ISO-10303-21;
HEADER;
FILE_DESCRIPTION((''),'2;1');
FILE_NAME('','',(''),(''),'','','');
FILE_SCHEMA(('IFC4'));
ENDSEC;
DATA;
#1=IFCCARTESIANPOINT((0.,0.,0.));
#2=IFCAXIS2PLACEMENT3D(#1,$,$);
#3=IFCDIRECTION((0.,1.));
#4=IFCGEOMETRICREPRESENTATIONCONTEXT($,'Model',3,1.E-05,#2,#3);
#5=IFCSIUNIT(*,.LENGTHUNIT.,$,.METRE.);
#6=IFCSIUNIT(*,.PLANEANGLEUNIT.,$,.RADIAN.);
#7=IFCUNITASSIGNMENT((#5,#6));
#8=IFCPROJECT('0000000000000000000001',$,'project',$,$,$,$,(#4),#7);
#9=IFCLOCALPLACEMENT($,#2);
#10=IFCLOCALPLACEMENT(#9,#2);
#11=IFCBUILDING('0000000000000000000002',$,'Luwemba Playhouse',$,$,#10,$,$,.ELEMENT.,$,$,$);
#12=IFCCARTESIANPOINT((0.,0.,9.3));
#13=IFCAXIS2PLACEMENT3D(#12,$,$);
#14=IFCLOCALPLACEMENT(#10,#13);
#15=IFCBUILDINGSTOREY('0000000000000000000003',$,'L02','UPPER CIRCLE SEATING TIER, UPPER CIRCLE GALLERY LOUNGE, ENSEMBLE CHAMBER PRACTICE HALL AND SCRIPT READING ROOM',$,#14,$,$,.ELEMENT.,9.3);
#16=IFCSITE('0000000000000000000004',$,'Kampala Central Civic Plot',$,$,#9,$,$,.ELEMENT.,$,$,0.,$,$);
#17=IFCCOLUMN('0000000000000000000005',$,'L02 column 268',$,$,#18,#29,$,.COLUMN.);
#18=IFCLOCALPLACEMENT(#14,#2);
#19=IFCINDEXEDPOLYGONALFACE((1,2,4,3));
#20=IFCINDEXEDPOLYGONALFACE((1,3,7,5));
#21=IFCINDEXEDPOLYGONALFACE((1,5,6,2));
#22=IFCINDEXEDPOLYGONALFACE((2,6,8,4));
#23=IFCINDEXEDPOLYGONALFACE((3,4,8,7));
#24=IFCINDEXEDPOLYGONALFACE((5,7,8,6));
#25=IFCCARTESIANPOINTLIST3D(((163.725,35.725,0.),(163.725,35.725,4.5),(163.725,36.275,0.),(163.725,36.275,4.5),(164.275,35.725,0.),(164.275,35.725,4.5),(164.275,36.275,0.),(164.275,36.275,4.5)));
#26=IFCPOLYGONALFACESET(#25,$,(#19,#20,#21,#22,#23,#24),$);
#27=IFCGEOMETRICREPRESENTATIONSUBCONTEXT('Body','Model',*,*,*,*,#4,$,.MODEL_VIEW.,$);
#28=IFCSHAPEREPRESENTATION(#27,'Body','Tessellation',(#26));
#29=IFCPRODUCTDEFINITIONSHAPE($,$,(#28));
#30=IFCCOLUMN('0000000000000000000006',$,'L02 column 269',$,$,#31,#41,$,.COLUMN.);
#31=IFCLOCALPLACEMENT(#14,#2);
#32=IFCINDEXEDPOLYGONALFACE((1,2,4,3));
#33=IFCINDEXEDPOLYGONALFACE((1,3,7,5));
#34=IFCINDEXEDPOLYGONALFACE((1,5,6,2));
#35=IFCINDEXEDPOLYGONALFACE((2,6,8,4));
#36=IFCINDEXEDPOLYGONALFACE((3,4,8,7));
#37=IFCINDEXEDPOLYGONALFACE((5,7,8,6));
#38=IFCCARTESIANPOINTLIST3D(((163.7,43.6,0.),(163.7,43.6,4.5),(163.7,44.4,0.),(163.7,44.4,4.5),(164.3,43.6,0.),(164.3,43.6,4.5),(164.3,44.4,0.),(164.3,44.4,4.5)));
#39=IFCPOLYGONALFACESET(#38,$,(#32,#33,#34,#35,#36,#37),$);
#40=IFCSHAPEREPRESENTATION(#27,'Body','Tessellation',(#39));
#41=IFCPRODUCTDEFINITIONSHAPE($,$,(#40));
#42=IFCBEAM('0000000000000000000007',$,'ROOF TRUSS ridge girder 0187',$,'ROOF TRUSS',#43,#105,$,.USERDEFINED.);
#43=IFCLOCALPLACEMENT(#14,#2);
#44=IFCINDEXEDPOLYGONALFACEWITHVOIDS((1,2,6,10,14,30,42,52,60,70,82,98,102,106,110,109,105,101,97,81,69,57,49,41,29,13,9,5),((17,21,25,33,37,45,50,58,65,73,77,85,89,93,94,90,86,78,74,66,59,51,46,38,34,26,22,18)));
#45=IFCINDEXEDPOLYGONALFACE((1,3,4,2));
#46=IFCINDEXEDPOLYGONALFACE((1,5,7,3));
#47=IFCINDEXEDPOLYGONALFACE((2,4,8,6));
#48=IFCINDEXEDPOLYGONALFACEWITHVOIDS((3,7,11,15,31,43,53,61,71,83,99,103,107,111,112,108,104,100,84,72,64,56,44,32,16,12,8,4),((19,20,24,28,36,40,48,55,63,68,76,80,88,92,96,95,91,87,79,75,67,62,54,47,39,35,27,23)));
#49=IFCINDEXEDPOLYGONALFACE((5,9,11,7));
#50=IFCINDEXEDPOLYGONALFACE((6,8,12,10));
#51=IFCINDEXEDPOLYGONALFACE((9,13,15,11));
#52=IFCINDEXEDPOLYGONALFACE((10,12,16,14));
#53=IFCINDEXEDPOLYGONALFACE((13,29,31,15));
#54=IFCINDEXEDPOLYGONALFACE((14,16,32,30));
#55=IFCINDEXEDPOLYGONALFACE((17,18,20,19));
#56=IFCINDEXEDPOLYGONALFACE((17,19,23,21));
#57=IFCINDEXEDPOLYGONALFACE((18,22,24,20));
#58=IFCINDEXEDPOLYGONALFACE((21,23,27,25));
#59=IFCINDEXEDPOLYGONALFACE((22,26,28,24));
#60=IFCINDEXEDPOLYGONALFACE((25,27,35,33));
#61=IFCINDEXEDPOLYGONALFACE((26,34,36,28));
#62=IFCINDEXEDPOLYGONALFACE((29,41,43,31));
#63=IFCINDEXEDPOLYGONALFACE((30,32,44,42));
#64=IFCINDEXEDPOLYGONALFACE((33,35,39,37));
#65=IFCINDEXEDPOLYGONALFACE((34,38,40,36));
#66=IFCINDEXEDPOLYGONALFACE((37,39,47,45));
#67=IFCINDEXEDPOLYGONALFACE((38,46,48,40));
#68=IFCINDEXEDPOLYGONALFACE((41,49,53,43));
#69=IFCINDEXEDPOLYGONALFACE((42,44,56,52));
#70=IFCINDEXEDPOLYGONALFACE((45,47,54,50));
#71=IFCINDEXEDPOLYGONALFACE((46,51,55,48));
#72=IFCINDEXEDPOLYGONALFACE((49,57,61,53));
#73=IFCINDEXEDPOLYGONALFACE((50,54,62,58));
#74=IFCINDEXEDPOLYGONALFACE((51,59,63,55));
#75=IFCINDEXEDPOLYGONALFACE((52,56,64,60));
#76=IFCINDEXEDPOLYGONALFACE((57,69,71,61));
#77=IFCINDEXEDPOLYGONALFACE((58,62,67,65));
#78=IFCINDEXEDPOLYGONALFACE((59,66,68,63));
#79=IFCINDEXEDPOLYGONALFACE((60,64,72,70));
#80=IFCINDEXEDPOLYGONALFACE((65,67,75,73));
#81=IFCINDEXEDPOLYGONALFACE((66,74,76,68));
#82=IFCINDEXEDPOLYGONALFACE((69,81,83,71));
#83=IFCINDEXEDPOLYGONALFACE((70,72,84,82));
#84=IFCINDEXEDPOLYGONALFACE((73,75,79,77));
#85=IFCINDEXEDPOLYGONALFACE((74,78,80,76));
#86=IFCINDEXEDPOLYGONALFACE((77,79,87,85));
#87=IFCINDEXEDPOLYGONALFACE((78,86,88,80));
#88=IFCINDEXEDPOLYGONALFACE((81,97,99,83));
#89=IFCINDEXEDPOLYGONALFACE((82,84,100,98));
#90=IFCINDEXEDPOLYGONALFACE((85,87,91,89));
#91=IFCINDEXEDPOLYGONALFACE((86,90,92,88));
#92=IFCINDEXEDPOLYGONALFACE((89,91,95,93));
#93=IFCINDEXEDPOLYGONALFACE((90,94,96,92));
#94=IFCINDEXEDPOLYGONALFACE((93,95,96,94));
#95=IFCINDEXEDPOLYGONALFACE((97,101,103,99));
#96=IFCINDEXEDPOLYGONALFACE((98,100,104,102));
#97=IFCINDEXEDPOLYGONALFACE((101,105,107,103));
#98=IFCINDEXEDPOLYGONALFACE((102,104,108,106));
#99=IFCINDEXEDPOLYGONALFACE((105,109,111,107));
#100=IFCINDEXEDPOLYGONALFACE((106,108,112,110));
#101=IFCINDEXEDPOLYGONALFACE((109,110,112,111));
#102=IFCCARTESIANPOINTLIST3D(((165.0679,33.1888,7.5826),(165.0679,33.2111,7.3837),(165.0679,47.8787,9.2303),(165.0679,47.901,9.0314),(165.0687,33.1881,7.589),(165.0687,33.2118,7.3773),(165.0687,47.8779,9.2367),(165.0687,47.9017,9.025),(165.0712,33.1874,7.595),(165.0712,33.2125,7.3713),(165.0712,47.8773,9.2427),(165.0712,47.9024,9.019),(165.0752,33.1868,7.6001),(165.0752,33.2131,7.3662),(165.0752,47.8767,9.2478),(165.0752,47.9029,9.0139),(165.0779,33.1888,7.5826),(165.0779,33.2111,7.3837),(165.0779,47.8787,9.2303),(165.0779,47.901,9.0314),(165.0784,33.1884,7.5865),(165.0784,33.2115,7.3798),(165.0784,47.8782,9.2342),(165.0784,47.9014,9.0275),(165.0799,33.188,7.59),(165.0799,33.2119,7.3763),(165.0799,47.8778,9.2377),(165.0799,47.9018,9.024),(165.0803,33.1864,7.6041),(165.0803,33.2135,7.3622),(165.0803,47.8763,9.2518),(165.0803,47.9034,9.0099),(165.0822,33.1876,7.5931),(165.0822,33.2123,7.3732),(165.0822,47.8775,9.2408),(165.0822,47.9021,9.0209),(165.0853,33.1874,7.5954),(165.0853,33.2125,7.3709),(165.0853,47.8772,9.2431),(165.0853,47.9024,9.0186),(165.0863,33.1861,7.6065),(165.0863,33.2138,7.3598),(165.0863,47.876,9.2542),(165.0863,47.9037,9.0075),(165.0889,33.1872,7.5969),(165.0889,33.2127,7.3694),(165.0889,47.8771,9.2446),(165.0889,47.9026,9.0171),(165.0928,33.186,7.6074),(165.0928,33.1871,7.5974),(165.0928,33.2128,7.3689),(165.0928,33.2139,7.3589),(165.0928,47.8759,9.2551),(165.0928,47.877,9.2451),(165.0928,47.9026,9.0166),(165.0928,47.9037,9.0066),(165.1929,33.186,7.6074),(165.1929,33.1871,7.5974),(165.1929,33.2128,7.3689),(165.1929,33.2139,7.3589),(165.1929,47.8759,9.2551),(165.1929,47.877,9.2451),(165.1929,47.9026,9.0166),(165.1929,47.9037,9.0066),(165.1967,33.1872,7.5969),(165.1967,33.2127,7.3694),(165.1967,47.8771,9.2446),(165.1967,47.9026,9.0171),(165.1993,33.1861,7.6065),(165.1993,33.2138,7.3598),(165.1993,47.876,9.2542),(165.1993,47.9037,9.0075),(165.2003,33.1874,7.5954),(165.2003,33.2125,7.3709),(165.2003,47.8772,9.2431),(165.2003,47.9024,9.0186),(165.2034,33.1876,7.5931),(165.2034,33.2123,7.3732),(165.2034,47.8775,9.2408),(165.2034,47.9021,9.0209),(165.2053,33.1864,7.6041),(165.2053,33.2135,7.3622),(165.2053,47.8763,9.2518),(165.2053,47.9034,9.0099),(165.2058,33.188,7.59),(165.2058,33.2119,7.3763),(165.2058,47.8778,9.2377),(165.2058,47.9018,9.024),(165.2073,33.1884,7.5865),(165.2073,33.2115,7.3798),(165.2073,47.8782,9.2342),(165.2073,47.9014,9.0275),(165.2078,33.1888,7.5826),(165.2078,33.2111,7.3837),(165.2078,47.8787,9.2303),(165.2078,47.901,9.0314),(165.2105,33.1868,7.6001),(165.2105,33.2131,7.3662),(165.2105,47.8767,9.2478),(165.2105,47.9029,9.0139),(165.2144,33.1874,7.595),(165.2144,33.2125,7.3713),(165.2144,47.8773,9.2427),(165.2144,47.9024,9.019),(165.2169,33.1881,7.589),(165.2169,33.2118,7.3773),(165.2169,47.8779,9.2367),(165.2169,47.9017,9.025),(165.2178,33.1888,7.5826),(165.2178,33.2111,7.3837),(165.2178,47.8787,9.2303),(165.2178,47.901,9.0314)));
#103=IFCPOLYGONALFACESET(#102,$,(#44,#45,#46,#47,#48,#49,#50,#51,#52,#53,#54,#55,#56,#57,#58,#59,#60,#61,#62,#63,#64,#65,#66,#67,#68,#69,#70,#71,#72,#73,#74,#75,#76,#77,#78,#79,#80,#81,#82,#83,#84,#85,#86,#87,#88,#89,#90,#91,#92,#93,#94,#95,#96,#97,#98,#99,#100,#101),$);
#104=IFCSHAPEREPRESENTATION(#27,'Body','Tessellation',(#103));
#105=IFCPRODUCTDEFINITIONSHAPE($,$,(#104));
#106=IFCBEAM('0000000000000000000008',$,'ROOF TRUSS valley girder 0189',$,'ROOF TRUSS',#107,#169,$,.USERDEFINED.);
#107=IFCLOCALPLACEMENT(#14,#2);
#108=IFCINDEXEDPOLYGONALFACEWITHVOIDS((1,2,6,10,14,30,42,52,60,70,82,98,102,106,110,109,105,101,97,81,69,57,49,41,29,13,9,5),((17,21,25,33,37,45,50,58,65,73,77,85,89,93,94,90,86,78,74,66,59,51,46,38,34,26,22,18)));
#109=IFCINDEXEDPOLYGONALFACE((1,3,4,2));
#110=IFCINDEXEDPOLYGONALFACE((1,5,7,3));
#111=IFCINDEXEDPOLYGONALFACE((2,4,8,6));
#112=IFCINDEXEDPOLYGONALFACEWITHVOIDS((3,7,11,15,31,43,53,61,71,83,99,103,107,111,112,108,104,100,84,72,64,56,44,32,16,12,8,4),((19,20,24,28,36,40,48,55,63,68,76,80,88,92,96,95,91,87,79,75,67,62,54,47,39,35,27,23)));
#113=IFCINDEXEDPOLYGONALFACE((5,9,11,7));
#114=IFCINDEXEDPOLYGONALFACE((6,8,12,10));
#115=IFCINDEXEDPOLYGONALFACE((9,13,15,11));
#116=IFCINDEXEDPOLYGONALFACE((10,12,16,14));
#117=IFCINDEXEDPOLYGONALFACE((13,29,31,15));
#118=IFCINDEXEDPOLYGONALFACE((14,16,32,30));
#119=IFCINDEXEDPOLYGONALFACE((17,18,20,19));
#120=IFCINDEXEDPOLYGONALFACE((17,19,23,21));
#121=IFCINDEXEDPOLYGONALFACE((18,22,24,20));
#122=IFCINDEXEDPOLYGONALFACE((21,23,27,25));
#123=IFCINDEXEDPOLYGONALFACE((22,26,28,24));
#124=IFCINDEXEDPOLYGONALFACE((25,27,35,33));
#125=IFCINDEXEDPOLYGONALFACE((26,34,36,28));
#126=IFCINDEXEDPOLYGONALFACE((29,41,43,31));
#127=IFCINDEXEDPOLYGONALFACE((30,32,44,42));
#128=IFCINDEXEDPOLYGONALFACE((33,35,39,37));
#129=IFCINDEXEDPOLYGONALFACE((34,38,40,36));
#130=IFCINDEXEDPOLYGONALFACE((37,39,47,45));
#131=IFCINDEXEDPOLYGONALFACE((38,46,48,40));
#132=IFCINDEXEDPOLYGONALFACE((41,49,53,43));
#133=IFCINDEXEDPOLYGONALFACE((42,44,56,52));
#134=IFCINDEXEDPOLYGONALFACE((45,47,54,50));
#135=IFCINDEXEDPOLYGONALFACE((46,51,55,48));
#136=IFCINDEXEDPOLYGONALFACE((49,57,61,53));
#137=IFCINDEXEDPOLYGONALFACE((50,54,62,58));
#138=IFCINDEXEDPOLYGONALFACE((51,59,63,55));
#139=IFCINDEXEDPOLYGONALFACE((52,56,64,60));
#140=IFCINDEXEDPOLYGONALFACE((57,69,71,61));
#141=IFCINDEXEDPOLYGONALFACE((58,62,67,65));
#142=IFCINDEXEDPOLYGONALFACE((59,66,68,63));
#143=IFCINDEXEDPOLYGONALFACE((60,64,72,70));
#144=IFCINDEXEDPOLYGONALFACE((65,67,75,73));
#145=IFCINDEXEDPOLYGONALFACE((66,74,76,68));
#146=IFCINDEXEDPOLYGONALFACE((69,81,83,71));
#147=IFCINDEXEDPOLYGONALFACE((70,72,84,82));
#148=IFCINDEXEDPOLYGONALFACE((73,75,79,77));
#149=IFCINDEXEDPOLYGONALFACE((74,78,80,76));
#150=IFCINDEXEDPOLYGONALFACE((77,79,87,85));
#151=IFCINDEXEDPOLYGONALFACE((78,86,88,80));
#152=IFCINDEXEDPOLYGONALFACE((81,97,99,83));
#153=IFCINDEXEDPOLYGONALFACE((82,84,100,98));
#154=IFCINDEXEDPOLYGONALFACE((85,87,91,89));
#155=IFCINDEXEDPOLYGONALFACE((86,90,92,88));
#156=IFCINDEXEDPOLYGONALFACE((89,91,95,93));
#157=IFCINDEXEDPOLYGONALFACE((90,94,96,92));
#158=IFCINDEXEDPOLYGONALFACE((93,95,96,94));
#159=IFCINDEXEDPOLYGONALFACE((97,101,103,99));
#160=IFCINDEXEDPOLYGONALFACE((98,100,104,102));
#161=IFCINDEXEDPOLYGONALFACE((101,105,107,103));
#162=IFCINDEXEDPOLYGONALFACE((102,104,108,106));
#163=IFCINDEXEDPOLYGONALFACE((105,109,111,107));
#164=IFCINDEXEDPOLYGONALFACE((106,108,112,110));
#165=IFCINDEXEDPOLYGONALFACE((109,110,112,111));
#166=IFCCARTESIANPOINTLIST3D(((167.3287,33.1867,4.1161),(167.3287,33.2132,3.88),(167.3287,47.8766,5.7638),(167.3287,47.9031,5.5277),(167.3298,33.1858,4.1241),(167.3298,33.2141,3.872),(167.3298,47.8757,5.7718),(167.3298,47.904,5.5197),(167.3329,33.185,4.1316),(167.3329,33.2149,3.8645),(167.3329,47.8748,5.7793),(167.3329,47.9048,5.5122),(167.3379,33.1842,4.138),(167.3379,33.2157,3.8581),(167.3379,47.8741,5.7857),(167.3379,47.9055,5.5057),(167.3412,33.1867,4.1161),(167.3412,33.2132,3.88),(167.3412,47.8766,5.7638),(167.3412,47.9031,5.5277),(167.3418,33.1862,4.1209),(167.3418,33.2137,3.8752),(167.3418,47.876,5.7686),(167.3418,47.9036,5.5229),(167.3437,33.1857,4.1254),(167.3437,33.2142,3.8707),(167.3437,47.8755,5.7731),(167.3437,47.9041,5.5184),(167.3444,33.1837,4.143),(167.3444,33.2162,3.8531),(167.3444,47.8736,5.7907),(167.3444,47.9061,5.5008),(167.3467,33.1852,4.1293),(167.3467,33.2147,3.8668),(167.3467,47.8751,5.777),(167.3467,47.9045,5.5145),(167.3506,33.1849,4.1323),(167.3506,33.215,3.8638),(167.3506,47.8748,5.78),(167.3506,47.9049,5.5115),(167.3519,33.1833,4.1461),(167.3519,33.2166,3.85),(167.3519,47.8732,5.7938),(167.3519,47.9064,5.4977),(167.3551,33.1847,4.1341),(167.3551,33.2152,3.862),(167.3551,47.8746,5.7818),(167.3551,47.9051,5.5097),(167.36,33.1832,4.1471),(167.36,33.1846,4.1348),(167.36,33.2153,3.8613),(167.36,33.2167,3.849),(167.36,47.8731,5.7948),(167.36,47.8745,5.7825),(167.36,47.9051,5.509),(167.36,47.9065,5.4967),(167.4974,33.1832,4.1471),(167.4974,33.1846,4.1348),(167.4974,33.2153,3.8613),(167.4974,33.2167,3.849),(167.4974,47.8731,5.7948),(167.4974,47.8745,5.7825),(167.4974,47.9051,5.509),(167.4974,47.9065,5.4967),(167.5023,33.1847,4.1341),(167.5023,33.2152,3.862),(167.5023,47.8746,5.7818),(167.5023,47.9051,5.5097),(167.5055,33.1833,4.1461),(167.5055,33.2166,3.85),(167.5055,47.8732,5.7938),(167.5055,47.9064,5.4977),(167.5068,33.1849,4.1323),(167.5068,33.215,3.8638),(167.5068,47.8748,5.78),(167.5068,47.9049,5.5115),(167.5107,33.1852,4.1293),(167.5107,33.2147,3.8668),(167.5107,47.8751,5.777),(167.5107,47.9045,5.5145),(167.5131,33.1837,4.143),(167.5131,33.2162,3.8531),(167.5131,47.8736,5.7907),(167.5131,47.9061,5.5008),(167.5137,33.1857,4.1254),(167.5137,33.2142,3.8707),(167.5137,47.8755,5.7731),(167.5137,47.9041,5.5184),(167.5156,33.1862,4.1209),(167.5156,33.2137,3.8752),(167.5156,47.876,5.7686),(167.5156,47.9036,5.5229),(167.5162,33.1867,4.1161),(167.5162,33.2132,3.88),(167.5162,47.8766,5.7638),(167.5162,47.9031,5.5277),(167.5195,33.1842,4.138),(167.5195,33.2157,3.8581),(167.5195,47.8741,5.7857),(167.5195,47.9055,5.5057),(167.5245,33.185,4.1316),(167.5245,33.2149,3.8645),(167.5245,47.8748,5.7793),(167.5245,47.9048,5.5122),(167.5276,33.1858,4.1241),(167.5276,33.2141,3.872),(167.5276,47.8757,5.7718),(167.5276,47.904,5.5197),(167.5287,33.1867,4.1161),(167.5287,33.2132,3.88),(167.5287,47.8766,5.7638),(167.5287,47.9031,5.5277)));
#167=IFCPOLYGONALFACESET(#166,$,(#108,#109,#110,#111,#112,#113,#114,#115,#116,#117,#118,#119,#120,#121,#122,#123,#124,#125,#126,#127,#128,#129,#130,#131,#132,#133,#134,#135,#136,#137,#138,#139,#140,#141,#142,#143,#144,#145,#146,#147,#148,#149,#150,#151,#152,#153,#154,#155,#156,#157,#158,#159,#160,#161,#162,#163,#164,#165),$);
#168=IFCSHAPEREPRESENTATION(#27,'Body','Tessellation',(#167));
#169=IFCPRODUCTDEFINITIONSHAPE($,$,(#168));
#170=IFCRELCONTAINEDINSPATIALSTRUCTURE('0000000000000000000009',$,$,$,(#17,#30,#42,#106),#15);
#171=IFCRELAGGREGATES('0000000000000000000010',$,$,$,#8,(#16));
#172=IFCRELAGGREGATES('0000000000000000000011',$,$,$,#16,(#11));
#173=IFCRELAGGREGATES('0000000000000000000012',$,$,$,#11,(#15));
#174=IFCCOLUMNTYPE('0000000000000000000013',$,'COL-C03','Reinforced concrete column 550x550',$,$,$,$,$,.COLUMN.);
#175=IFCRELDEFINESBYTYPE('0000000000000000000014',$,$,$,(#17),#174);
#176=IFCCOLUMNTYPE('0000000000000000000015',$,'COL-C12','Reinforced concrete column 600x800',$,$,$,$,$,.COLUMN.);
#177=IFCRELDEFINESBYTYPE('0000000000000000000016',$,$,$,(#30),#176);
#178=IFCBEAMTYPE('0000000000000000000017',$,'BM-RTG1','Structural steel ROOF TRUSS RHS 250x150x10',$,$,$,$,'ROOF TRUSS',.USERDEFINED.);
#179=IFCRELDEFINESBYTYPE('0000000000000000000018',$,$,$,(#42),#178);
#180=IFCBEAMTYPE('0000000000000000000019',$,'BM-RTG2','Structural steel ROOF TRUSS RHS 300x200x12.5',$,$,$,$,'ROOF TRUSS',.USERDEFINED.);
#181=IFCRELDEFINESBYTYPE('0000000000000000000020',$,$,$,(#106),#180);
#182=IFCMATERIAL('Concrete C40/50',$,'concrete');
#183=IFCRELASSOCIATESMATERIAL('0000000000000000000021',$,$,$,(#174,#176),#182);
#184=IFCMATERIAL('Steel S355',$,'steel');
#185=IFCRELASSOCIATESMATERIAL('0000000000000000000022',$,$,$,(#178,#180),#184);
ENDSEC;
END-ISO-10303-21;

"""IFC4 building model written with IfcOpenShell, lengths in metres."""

from ifc_helpers import new_model, si_unit, direction, frame, origin, origin_2d, place, context, subcontext, project, spatial, rectangle, hollow_rectangle, extrude, material, material_profile, profile_set, type_object, element, save


model = new_model("IFC4")

# Units and contexts
model_context = context("Model", 3, precision=1e-05, world=origin(), true_north=direction((0.0, 1.0)))
body_context = subcontext(model_context, "Body", "Model", "MODEL_VIEW")
ifc_project = project(units=[si_unit("LENGTHUNIT", "METRE"), si_unit("PLANEANGLEUNIT", "RADIAN")], contexts=[model_context])

# Site, building, storey
site_placement = place(None, origin())
site = spatial("IfcSite", under=ifc_project, at=site_placement, Name="Kampala Central Civic Plot", CompositionType="ELEMENT", RefElevation=0.0)
building_placement = place(site_placement, origin())
building = spatial("IfcBuilding", under=site, at=building_placement, Name="Luwemba Playhouse", CompositionType="ELEMENT")
storey_placement = place(building_placement, frame((0.0, 0.0, 9.3)))
storey = spatial("IfcBuildingStorey", under=building, at=storey_placement, Name="L02", Description="UPPER CIRCLE SEATING TIER, UPPER CIRCLE GALLERY LOUNGE, ENSEMBLE CHAMBER PRACTICE HALL AND SCRIPT READING ROOM", CompositionType="ELEMENT", Elevation=9.3)

# Columns
ifc_material_1 = material(Name="Concrete C40/50", Category="concrete")
ifc_material_profile_1 = material_profile(ifc_material_1, rectangle(XDim=0.55, YDim=0.55, at=origin_2d()))
ifc_profile_set_1 = profile_set([ifc_material_profile_1], Name="Concrete C40/50")
column_type_1 = type_object("IfcColumnType", Name="COL-C03", Description="Reinforced concrete column 550x550", PredefinedType="COLUMN", material=ifc_profile_set_1)
column_1_placement = place(storey_placement, frame((164.0, 36.0, 0.0), z_axis=(0.0, 0.0, 1.0), x_axis=(1.0, 0.0, 0.0)))
element("IfcColumn", 1, at=column_1_placement, inside=storey, type_object=column_type_1, Name="L02 column 268", PredefinedType="COLUMN", context=body_context, shape_type="SweptSolid", body=[
    extrude(rectangle(XDim=0.55, YDim=0.55, at=origin_2d()), origin(), (0.0, 0.0, 1.0), 4.5),
])
ifc_material_profile_2 = material_profile(ifc_material_1, rectangle(XDim=0.6001, YDim=0.8, at=origin_2d()))
ifc_profile_set_2 = profile_set([ifc_material_profile_2], Name="Concrete C40/50")
column_type_2 = type_object("IfcColumnType", Name="COL-C12", Description="Reinforced concrete column 600x800", PredefinedType="COLUMN", material=ifc_profile_set_2)
column_2_placement = place(storey_placement, frame((164.0, 44.0, 0.0), z_axis=(0.0, 0.0, 1.0), x_axis=(1.0, 0.0, 0.0)))
element("IfcColumn", 2, at=column_2_placement, inside=storey, type_object=column_type_2, Name="L02 column 269", PredefinedType="COLUMN", context=body_context, shape_type="SweptSolid", body=[
    extrude(rectangle(XDim=0.6001, YDim=0.8, at=origin_2d()), origin(), (0.0, 0.0, 1.0), 4.5),
])

# Beams
ifc_material_2 = material(Name="Steel S355", Category="steel")
ifc_material_profile_3 = material_profile(ifc_material_2, hollow_rectangle(XDim=0.1499, YDim=0.25, WallThickness=0.01, InnerFilletRadius=0.0149, OuterFilletRadius=0.0249, at=origin_2d()))
ifc_profile_set_3 = profile_set([ifc_material_profile_3], Name="Steel S355")
beam_type_1 = type_object("IfcBeamType", Name="BM-RTG1", Description="Structural steel ROOF TRUSS RHS 250x150x10", ElementType="ROOF TRUSS", PredefinedType="USERDEFINED", material=ifc_profile_set_3)
beam_1_placement = place(storey_placement, frame((165.1428, 33.2, 7.4832), z_axis=(0.0, 0.993768, 0.111467), x_axis=(-1.0, 0.0, 0.0)))
element("IfcBeam", 3, at=beam_1_placement, inside=storey, type_object=beam_type_1, Name="ROOF TRUSS ridge girder 0187", ObjectType="ROOF TRUSS", PredefinedType="USERDEFINED", context=body_context, shape_type="SweptSolid", body=[
    extrude(hollow_rectangle(XDim=0.1499, YDim=0.25, WallThickness=0.01, InnerFilletRadius=0.0149, OuterFilletRadius=0.0249, at=origin_2d()), origin(), (0.0, 0.0, 1.0), 14.782),
])
ifc_material_profile_4 = material_profile(ifc_material_2, hollow_rectangle(XDim=0.2, YDim=0.3, WallThickness=0.0125, InnerFilletRadius=0.0188, OuterFilletRadius=0.0312, at=origin_2d()))
ifc_profile_set_4 = profile_set([ifc_material_profile_4], Name="Steel S355")
beam_type_2 = type_object("IfcBeamType", Name="BM-RTG2", Description="Structural steel ROOF TRUSS RHS 300x200x12.5", ElementType="ROOF TRUSS", PredefinedType="USERDEFINED", material=ifc_profile_set_4)
beam_2_placement = place(storey_placement, frame((167.4287, 33.2, 3.998), z_axis=(0.0, 0.993768, 0.111467), x_axis=(-1.0, 0.0, 0.0)))
element("IfcBeam", 4, at=beam_2_placement, inside=storey, type_object=beam_type_2, Name="ROOF TRUSS valley girder 0189", ObjectType="ROOF TRUSS", PredefinedType="USERDEFINED", context=body_context, shape_type="SweptSolid", body=[
    extrude(hollow_rectangle(XDim=0.2, YDim=0.3, WallThickness=0.0125, InnerFilletRadius=0.0188, OuterFilletRadius=0.0312, at=origin_2d()), origin(), (0.0, 0.0, 1.0), 14.782),
])

save(model, "model.ifc")
